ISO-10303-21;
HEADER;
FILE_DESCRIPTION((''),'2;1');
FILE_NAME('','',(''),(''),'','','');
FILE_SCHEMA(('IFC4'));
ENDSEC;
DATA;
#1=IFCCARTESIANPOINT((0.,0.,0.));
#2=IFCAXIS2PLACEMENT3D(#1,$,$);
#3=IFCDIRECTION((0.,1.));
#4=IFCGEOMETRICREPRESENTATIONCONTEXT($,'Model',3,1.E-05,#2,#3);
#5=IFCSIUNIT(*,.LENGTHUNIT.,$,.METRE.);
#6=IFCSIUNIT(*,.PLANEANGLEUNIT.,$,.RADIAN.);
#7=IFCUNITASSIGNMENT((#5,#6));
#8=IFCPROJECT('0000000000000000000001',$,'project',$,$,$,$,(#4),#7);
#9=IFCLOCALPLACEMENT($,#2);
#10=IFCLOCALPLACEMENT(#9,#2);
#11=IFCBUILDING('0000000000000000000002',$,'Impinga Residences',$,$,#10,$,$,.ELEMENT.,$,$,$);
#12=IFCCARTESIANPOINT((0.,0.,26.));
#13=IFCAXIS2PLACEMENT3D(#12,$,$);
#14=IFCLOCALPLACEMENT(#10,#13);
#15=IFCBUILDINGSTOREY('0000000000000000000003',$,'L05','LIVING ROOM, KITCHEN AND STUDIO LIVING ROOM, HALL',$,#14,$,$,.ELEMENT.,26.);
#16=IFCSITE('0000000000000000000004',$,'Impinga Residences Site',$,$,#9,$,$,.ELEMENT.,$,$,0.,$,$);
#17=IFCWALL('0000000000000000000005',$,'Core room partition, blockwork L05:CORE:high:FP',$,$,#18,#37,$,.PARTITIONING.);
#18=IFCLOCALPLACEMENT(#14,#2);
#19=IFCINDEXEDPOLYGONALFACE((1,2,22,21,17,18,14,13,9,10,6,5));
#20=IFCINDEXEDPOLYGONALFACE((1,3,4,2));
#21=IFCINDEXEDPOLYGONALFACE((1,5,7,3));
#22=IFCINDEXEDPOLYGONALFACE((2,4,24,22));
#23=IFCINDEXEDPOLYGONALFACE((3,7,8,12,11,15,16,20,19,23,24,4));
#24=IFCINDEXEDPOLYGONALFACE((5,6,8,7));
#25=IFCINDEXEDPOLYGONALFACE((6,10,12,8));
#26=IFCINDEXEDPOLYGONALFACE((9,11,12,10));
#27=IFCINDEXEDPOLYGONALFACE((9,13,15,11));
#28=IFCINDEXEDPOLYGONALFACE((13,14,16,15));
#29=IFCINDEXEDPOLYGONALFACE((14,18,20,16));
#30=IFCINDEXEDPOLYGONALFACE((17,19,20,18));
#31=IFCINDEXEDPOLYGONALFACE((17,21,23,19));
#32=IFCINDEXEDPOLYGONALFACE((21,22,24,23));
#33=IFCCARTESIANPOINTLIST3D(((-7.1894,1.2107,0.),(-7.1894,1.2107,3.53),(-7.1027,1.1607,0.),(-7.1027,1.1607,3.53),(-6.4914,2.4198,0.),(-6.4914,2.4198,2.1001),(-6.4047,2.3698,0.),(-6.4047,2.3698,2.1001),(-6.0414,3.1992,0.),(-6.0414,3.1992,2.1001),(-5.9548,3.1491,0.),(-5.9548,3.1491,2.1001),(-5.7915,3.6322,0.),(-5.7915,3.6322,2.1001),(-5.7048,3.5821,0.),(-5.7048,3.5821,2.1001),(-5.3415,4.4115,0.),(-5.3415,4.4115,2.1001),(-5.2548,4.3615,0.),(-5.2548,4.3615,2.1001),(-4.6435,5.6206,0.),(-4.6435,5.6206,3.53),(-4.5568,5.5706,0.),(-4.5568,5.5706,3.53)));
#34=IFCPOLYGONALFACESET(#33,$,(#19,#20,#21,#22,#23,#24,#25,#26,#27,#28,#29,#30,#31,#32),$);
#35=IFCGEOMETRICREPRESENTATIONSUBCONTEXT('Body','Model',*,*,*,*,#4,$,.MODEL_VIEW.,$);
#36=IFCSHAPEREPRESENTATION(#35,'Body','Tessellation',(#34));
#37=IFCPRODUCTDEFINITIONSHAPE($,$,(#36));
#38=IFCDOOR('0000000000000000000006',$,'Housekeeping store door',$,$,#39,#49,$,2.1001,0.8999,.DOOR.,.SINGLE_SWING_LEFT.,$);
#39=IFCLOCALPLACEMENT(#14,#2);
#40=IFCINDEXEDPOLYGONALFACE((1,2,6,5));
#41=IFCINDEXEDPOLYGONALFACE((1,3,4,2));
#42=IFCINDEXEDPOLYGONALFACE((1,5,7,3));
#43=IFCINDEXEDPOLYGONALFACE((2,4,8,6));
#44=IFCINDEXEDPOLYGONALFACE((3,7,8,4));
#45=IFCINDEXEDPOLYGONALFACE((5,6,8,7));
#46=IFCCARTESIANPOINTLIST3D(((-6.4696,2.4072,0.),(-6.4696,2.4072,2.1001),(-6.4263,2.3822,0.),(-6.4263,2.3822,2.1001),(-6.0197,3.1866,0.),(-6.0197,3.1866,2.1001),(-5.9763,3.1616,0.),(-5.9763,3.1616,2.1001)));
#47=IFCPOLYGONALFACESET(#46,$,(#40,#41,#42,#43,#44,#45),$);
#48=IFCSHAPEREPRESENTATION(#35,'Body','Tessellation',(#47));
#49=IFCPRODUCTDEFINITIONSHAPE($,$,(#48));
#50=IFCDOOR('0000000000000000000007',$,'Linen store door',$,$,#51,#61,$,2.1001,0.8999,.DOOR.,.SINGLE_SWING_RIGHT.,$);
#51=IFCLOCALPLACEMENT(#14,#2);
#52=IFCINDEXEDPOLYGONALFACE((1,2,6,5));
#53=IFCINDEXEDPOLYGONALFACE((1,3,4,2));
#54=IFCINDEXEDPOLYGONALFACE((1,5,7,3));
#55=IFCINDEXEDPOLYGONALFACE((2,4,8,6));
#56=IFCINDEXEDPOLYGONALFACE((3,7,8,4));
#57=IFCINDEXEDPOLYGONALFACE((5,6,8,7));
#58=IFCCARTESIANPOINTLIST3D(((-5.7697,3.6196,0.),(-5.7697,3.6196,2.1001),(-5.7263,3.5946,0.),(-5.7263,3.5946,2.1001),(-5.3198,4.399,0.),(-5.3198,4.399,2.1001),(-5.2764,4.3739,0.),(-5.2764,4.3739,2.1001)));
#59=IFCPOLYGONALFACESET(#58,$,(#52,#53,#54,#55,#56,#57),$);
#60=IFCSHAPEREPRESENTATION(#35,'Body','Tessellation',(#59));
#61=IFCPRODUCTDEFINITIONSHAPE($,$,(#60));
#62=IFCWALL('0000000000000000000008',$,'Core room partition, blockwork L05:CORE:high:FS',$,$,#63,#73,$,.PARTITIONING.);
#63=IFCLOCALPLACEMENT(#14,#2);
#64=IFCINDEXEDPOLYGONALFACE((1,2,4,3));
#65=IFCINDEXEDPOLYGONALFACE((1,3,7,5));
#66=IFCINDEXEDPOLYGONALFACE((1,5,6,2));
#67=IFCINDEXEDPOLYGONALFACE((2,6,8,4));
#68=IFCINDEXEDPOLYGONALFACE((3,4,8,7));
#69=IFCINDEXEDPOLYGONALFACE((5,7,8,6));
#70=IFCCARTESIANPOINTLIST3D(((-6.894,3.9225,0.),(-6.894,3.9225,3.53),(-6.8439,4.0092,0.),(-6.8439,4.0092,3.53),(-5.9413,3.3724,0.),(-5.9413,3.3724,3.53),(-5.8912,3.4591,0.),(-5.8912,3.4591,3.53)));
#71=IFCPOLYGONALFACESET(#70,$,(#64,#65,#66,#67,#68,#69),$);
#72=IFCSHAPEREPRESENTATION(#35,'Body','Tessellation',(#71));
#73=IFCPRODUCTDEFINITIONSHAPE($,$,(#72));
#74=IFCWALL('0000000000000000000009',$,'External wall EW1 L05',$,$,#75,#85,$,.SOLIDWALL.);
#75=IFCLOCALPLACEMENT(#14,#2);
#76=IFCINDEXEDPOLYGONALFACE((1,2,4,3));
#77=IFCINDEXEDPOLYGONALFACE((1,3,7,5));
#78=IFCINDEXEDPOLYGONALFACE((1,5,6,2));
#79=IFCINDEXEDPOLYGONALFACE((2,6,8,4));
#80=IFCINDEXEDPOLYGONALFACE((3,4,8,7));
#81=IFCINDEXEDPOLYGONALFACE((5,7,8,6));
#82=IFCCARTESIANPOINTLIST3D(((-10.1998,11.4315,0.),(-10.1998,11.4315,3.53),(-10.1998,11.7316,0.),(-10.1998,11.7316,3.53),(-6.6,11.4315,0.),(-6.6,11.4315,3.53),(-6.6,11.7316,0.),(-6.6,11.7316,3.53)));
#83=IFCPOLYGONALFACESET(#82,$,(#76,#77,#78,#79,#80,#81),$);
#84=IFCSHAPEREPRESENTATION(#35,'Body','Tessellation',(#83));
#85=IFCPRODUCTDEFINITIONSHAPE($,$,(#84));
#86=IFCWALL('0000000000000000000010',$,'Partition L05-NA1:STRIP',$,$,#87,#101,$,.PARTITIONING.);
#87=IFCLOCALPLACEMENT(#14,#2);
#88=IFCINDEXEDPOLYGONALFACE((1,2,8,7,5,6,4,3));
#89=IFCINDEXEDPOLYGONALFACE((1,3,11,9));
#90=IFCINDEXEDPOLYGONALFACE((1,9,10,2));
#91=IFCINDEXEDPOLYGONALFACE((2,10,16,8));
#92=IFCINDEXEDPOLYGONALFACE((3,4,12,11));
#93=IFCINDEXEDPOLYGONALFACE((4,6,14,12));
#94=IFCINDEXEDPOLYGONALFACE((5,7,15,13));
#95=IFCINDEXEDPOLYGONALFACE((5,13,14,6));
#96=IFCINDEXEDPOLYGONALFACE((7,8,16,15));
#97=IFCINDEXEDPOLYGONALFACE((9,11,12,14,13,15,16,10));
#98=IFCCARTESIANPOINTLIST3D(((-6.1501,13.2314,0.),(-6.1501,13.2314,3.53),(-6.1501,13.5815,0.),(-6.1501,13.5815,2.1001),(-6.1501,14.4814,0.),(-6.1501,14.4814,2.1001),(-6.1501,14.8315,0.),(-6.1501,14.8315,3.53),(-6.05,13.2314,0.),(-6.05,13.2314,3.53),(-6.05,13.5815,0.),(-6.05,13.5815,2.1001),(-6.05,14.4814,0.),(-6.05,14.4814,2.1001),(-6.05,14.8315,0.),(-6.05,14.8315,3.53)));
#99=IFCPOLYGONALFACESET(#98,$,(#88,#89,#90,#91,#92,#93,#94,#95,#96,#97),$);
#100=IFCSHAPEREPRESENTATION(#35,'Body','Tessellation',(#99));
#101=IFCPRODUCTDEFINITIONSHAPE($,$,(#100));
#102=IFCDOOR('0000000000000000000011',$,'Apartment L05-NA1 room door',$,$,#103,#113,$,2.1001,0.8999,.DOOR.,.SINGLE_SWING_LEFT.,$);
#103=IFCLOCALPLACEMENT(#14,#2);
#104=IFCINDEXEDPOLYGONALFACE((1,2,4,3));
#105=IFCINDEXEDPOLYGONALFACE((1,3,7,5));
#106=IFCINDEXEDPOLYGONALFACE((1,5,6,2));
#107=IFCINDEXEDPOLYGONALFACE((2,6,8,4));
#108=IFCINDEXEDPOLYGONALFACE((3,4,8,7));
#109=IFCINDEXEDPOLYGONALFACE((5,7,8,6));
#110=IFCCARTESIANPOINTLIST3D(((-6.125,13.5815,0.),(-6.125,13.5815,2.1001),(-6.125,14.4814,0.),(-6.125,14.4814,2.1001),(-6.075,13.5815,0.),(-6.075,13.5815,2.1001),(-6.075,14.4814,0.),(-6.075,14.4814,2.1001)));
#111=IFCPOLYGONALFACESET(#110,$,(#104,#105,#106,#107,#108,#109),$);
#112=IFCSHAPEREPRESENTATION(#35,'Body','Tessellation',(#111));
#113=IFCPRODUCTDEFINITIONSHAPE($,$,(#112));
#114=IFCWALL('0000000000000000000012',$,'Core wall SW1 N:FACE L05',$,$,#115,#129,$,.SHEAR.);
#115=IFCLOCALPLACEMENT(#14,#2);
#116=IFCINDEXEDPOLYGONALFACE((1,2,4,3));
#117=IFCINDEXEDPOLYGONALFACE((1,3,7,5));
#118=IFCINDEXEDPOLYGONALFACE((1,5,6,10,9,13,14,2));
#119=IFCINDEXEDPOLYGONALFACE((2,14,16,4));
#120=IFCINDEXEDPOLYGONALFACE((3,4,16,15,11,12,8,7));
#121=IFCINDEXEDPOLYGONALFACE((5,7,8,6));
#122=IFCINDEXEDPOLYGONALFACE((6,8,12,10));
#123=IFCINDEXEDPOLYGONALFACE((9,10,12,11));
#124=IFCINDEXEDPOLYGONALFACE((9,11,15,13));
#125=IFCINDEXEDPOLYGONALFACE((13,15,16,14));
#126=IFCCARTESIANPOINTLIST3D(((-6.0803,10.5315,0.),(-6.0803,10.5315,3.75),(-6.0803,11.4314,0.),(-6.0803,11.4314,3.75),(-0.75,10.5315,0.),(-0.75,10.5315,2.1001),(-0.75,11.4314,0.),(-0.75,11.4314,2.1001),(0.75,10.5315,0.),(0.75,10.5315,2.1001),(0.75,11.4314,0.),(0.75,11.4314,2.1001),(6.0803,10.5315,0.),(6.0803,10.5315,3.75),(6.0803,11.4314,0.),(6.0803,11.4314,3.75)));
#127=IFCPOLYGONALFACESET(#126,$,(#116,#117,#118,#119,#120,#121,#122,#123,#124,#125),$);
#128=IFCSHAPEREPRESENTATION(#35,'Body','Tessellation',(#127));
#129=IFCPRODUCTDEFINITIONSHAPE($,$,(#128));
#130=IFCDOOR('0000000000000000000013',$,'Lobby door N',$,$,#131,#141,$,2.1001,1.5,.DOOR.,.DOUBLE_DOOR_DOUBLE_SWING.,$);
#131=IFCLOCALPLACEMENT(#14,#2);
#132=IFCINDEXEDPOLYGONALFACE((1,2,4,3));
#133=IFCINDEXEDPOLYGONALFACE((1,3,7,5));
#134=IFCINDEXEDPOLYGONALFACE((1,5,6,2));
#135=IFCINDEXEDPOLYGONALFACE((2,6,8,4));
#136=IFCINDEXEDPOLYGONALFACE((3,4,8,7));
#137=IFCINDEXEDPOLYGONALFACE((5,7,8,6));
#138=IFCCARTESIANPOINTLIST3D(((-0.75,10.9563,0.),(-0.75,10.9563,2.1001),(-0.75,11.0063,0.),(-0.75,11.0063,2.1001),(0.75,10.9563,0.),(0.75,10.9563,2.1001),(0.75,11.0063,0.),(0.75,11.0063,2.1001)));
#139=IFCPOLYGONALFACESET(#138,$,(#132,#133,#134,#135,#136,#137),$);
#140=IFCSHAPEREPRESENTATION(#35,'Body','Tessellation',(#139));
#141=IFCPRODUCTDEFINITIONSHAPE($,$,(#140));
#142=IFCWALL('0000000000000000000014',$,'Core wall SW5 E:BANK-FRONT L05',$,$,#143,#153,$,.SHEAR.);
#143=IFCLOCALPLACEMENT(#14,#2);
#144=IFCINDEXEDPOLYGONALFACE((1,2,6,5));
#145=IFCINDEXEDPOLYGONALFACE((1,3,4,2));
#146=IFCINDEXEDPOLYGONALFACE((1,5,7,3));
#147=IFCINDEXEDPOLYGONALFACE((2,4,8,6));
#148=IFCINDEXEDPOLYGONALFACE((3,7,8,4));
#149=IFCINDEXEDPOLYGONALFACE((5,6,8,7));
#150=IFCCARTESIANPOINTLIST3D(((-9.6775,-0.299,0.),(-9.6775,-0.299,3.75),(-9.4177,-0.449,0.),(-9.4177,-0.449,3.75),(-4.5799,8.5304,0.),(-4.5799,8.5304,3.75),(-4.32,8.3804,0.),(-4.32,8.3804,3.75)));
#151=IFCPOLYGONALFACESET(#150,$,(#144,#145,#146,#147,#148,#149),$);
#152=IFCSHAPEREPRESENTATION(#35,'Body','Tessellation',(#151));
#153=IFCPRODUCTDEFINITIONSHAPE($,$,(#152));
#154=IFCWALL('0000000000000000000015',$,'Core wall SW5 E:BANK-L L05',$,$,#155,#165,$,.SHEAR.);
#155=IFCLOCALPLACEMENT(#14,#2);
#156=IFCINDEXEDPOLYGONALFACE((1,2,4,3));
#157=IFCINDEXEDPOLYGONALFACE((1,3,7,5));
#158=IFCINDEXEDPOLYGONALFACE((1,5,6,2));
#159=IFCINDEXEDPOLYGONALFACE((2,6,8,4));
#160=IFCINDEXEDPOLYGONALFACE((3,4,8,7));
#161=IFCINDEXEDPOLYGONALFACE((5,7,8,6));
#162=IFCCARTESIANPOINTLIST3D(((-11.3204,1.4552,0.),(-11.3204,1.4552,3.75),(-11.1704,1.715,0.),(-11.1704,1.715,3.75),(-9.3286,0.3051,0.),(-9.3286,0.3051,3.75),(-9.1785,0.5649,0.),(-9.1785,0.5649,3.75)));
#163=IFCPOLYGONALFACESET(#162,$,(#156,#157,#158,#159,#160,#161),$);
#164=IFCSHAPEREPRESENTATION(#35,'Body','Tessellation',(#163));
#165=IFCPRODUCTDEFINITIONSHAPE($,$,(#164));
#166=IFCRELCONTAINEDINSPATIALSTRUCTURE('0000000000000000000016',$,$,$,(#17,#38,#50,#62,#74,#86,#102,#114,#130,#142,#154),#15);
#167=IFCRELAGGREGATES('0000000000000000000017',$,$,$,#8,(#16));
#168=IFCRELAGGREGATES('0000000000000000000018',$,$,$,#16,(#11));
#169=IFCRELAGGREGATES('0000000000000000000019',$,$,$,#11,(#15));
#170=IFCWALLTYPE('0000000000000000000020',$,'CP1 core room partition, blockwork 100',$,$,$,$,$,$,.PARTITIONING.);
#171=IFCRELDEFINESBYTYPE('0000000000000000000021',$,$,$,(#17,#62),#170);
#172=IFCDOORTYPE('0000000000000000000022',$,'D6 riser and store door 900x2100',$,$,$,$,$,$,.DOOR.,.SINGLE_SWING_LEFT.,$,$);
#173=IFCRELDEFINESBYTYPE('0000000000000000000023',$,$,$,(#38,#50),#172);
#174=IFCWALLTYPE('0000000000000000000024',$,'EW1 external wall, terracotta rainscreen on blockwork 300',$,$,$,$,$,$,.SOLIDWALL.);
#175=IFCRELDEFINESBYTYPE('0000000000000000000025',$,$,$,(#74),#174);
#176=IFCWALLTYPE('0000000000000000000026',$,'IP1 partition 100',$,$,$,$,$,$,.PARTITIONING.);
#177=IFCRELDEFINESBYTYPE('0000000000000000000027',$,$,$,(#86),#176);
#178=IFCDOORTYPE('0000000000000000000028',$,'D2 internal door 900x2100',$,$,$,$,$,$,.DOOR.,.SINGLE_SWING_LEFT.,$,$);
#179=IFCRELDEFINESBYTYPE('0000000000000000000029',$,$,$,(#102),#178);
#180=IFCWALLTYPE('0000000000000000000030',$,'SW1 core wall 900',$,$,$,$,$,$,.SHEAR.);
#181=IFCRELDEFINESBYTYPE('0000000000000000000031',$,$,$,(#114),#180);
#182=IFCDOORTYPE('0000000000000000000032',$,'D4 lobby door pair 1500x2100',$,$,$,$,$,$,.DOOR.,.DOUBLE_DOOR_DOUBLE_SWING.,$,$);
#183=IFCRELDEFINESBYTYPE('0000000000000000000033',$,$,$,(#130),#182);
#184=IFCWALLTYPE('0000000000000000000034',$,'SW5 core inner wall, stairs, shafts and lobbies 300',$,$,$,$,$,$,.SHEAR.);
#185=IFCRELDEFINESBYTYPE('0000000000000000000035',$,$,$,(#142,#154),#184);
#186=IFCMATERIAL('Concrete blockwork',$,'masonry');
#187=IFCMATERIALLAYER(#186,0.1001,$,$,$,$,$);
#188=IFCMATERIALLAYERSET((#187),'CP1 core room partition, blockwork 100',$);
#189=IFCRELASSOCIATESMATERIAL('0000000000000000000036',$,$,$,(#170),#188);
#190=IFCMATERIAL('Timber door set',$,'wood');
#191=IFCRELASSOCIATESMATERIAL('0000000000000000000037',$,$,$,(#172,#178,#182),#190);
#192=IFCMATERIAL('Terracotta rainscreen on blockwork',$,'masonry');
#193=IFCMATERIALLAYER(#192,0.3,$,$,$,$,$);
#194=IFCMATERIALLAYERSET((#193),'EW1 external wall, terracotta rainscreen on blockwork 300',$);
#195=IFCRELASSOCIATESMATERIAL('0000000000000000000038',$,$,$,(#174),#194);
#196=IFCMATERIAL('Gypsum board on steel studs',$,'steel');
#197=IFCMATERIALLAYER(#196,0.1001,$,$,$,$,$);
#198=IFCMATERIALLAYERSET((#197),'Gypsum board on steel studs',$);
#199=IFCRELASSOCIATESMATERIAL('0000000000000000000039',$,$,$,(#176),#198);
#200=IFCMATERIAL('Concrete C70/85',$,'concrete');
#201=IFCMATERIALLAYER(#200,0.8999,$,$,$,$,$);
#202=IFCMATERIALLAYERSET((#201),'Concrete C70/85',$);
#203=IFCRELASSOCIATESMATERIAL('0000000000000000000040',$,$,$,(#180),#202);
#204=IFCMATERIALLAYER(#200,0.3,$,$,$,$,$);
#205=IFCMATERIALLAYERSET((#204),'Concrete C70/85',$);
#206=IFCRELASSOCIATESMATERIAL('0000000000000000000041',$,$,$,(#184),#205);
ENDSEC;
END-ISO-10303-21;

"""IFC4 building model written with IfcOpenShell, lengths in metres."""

from ifc_helpers import new_model, si_unit, direction, frame, frame_2d, origin, place, context, subcontext, project, spatial, rectangle, extrude, material, layer, layer_set, type_object, element, fill, save


model = new_model("IFC4")

# Units and contexts
model_context = context("Model", 3, precision=1e-05, world=origin(), true_north=direction((0.0, 1.0)))
body_context = subcontext(model_context, "Body", "Model", "MODEL_VIEW")
ifc_project = project(units=[si_unit("LENGTHUNIT", "METRE"), si_unit("PLANEANGLEUNIT", "RADIAN")], contexts=[model_context])

# Site, building, storey
site_placement = place(None, origin())
site = spatial("IfcSite", under=ifc_project, at=site_placement, Name="Impinga Residences Site", CompositionType="ELEMENT", RefElevation=0.0)
building_placement = place(site_placement, origin())
building = spatial("IfcBuilding", under=site, at=building_placement, Name="Impinga Residences", CompositionType="ELEMENT")
storey_placement = place(building_placement, frame((0.0, 0.0, 26.0)))
storey = spatial("IfcBuildingStorey", under=building, at=storey_placement, Name="L05", Description="LIVING ROOM, KITCHEN AND STUDIO LIVING ROOM, HALL", CompositionType="ELEMENT", Elevation=26.0)

# Shared definitions
ifc_material_1 = material(Name="Concrete C70/85", Category="concrete")

# Wall, openings, doors
ifc_material_2 = material(Name="Timber door set", Category="wood")
ifc_material_3 = material(Name="Concrete blockwork", Category="masonry")
ifc_layer_1 = layer(ifc_material_3, 0.1001)
ifc_layer_set_1 = layer_set([ifc_layer_1], Name="CP1 core room partition, blockwork 100")
wall_type_1 = type_object("IfcWallType", Name="CP1 core room partition, blockwork 100", PredefinedType="PARTITIONING", material=ifc_layer_set_1)
wall_1_placement = place(storey_placement, frame((-7.146, 1.1858, 0.0), z_axis=(0.0, 0.0, 1.0), x_axis=(0.499976, 0.866039, 0.0)))
wall_1 = element("IfcWall", 1, at=wall_1_placement, inside=storey, type_object=wall_type_1, Name="Core room partition, blockwork L05:CORE:high:FP", PredefinedType="PARTITIONING", context=body_context, shape_type="SweptSolid", body=[
    extrude(rectangle(XDim=5.092, YDim=0.1001, at=frame_2d((2.5459, 0.0))), origin(), (0.0, 0.0, 1.0), 3.53),
])
opening_1_placement = place(wall_1_placement, frame((1.396, 0.0, 0.0)))
opening_1 = element("IfcOpeningElement", 2, at=opening_1_placement, cuts=wall_1, PredefinedType="OPENING", context=body_context, shape_type="SweptSolid", body=[
    extrude(rectangle(XDim=0.8999, YDim=2.1001, at=frame_2d((0.45, 1.05))), frame((0.0, 0.0601, 0.0), z_axis=(0.0, -1.0, 0.0), x_axis=(1.0, 0.0, 0.0)), (0.0, 0.0, 1.0), 0.1201),
])
opening_2_placement = place(wall_1_placement, frame((2.7959, 0.0, 0.0)))
opening_2 = element("IfcOpeningElement", 3, at=opening_2_placement, cuts=wall_1, PredefinedType="OPENING", context=body_context, shape_type="SweptSolid", body=[
    extrude(rectangle(XDim=0.8999, YDim=2.1001, at=frame_2d((0.45, 1.05))), frame((0.0, 0.0601, 0.0), z_axis=(0.0, -1.0, 0.0), x_axis=(1.0, 0.0, 0.0)), (0.0, 0.0, 1.0), 0.1201),
])
door_type_1 = type_object("IfcDoorType", Name="D6 riser and store door 900x2100", OperationType="SINGLE_SWING_LEFT", PredefinedType="DOOR", material=ifc_material_2)
door_1_placement = place(opening_1_placement, origin())
door_1 = element("IfcDoor", 4, at=door_1_placement, inside=storey, type_object=door_type_1, Name="Housekeeping store door", OperationType="SINGLE_SWING_LEFT", OverallHeight=2.1001, OverallWidth=0.8999, PredefinedType="DOOR", context=body_context, shape_type="SweptSolid", body=[
    extrude(rectangle(XDim=0.8999, YDim=2.1001, at=frame_2d((0.45, 1.05))), frame((0.0, 0.0249, 0.0), z_axis=(0.0, -1.0, 0.0), x_axis=(1.0, 0.0, 0.0)), (0.0, 0.0, 1.0), 0.05),
])
fill(opening_1, door_1)
door_2_placement = place(opening_2_placement, origin())
door_2 = element("IfcDoor", 5, at=door_2_placement, inside=storey, type_object=door_type_1, Name="Linen store door", OperationType="SINGLE_SWING_RIGHT", OverallHeight=2.1001, OverallWidth=0.8999, PredefinedType="DOOR", context=body_context, shape_type="SweptSolid", body=[
    extrude(rectangle(XDim=0.8999, YDim=2.1001, at=frame_2d((0.45, 1.05))), frame((0.0, 0.0249, 0.0), z_axis=(0.0, -1.0, 0.0), x_axis=(1.0, 0.0, 0.0)), (0.0, 0.0, 1.0), 0.05),
])
fill(opening_2, door_2)

# Walls
wall_2_placement = place(storey_placement, frame((-5.9163, 3.4158, 0.0), z_axis=(0.0, 0.0, 1.0), x_axis=(-0.866008, 0.50003, 0.0)))
element("IfcWall", 6, at=wall_2_placement, inside=storey, type_object=wall_type_1, Name="Core room partition, blockwork L05:CORE:high:FS", PredefinedType="PARTITIONING", context=body_context, shape_type="SweptSolid", body=[
    extrude(rectangle(XDim=1.1001, YDim=0.1001, at=frame_2d((0.55, 0.0))), origin(), (0.0, 0.0, 1.0), 3.53),
])
ifc_material_4 = material(Name="Terracotta rainscreen on blockwork", Category="masonry")
ifc_layer_2 = layer(ifc_material_4, 0.3)
ifc_layer_set_2 = layer_set([ifc_layer_2], Name="EW1 external wall, terracotta rainscreen on blockwork 300")
wall_type_2 = type_object("IfcWallType", Name="EW1 external wall, terracotta rainscreen on blockwork 300", PredefinedType="SOLIDWALL", material=ifc_layer_set_2)
wall_3_placement = place(storey_placement, frame((-6.6001, 11.5815, 0.0), z_axis=(0.0, 0.0, 1.0), x_axis=(-1.0, 0.0, 0.0)))
element("IfcWall", 7, at=wall_3_placement, inside=storey, type_object=wall_type_2, Name="External wall EW1 L05", PredefinedType="SOLIDWALL", context=body_context, shape_type="SweptSolid", body=[
    extrude(rectangle(XDim=3.5999, YDim=0.3, at=frame_2d((1.7998, 0.0))), origin(), (0.0, 0.0, 1.0), 3.53),
])

# Walls, openings, doors
ifc_material_5 = material(Name="Gypsum board on steel studs", Category="steel")
ifc_layer_3 = layer(ifc_material_5, 0.1001)
ifc_layer_set_3 = layer_set([ifc_layer_3], Name="Gypsum board on steel studs")
wall_type_3 = type_object("IfcWallType", Name="IP1 partition 100", PredefinedType="PARTITIONING", material=ifc_layer_set_3)
wall_4_placement = place(storey_placement, frame((-6.1001, 13.2314, 0.0), z_axis=(0.0, 0.0, 1.0), x_axis=(0.0, 1.0, 0.0)))
wall_4 = element("IfcWall", 8, at=wall_4_placement, inside=storey, type_object=wall_type_3, Name="Partition L05-NA1:STRIP", PredefinedType="PARTITIONING", context=body_context, shape_type="SweptSolid", body=[
    extrude(rectangle(XDim=1.6001, YDim=0.1001, at=frame_2d((0.8, 0.0))), origin(), (0.0, 0.0, 1.0), 3.53),
])
opening_3_placement = place(wall_4_placement, frame((0.3501, 0.0, 0.0)))
opening_3 = element("IfcOpeningElement", 9, at=opening_3_placement, cuts=wall_4, PredefinedType="OPENING", context=body_context, shape_type="SweptSolid", body=[
    extrude(rectangle(XDim=0.8999, YDim=2.1001, at=frame_2d((0.45, 1.05))), frame((0.0, 0.0601, 0.0), z_axis=(0.0, -1.0, 0.0), x_axis=(1.0, 0.0, 0.0)), (0.0, 0.0, 1.0), 0.1201),
])
door_type_2 = type_object("IfcDoorType", Name="D2 internal door 900x2100", OperationType="SINGLE_SWING_LEFT", PredefinedType="DOOR", material=ifc_material_2)
door_3_placement = place(opening_3_placement, origin())
door_3 = element("IfcDoor", 10, at=door_3_placement, inside=storey, type_object=door_type_2, Name="Apartment L05-NA1 room door", OperationType="SINGLE_SWING_LEFT", OverallHeight=2.1001, OverallWidth=0.8999, PredefinedType="DOOR", context=body_context, shape_type="SweptSolid", body=[
    extrude(rectangle(XDim=0.8999, YDim=2.1001, at=frame_2d((0.45, 1.05))), frame((0.0, 0.0249, 0.0), z_axis=(0.0, -1.0, 0.0), x_axis=(1.0, 0.0, 0.0)), (0.0, 0.0, 1.0), 0.05),
])
fill(opening_3, door_3)
ifc_layer_4 = layer(ifc_material_1, 0.8999)
ifc_layer_set_4 = layer_set([ifc_layer_4], Name="Concrete C70/85")
wall_type_4 = type_object("IfcWallType", Name="SW1 core wall 900", PredefinedType="SHEAR", material=ifc_layer_set_4)
wall_5_placement = place(storey_placement, frame((-6.0803, 10.9814, 0.0), z_axis=(0.0, 0.0, 1.0), x_axis=(1.0, 0.0, 0.0)))
wall_5 = element("IfcWall", 11, at=wall_5_placement, inside=storey, type_object=wall_type_4, Name="Core wall SW1 N:FACE L05", PredefinedType="SHEAR", context=body_context, shape_type="SweptSolid", body=[
    extrude(rectangle(XDim=12.1606, YDim=0.8999, at=frame_2d((6.0803, 0.0))), origin(), (0.0, 0.0, 1.0), 3.75),
])
opening_4_placement = place(wall_5_placement, frame((5.3303, 0.0, 0.0)))
opening_4 = element("IfcOpeningElement", 12, at=opening_4_placement, cuts=wall_5, PredefinedType="OPENING", context=body_context, shape_type="SweptSolid", body=[
    extrude(rectangle(XDim=1.5, YDim=2.1001, at=frame_2d((0.75, 1.05))), frame((0.0, 0.46, 0.0), z_axis=(0.0, -1.0, 0.0), x_axis=(1.0, 0.0, 0.0)), (0.0, 0.0, 1.0), 0.9199),
])
door_type_3 = type_object("IfcDoorType", Name="D4 lobby door pair 1500x2100", OperationType="DOUBLE_DOOR_DOUBLE_SWING", PredefinedType="DOOR", material=ifc_material_2)
door_4_placement = place(opening_4_placement, origin())
door_4 = element("IfcDoor", 13, at=door_4_placement, inside=storey, type_object=door_type_3, Name="Lobby door N", OperationType="DOUBLE_DOOR_DOUBLE_SWING", OverallHeight=2.1001, OverallWidth=1.5, PredefinedType="DOOR", context=body_context, shape_type="SweptSolid", body=[
    extrude(rectangle(XDim=1.5, YDim=2.1001, at=frame_2d((0.75, 1.05))), frame((0.0, 0.0249, 0.0), z_axis=(0.0, -1.0, 0.0), x_axis=(1.0, 0.0, 0.0)), (0.0, 0.0, 1.0), 0.05),
])
fill(opening_4, door_4)

# Walls
ifc_layer_5 = layer(ifc_material_1, 0.3)
ifc_layer_set_5 = layer_set([ifc_layer_5], Name="Concrete C70/85")
wall_type_5 = type_object("IfcWallType", Name="SW5 core inner wall, stairs, shafts and lobbies 300", PredefinedType="SHEAR", material=ifc_layer_set_5)
wall_6_placement = place(storey_placement, frame((-9.5476, -0.374, 0.0), z_axis=(0.0, 0.0, 1.0), x_axis=(0.500002, 0.866024, 0.0)))
element("IfcWall", 14, at=wall_6_placement, inside=storey, type_object=wall_type_5, Name="Core wall SW5 E:BANK-FRONT L05", PredefinedType="SHEAR", context=body_context, shape_type="SweptSolid", body=[
    extrude(rectangle(XDim=10.1953, YDim=0.3, at=frame_2d((5.0977, 0.0))), origin(), (0.0, 0.0, 1.0), 3.75),
])
wall_7_placement = place(storey_placement, frame((-9.2537, 0.4351, 0.0), z_axis=(0.0, 0.0, 1.0), x_axis=(-0.866007, 0.500032, 0.0)))
element("IfcWall", 15, at=wall_7_placement, inside=storey, type_object=wall_type_5, Name="Core wall SW5 E:BANK-L L05", PredefinedType="SHEAR", context=body_context, shape_type="SweptSolid", body=[
    extrude(rectangle(XDim=2.3, YDim=0.3, at=frame_2d((1.1499, 0.0))), origin(), (0.0, 0.0, 1.0), 3.75),
])

save(model, "model.ifc")
